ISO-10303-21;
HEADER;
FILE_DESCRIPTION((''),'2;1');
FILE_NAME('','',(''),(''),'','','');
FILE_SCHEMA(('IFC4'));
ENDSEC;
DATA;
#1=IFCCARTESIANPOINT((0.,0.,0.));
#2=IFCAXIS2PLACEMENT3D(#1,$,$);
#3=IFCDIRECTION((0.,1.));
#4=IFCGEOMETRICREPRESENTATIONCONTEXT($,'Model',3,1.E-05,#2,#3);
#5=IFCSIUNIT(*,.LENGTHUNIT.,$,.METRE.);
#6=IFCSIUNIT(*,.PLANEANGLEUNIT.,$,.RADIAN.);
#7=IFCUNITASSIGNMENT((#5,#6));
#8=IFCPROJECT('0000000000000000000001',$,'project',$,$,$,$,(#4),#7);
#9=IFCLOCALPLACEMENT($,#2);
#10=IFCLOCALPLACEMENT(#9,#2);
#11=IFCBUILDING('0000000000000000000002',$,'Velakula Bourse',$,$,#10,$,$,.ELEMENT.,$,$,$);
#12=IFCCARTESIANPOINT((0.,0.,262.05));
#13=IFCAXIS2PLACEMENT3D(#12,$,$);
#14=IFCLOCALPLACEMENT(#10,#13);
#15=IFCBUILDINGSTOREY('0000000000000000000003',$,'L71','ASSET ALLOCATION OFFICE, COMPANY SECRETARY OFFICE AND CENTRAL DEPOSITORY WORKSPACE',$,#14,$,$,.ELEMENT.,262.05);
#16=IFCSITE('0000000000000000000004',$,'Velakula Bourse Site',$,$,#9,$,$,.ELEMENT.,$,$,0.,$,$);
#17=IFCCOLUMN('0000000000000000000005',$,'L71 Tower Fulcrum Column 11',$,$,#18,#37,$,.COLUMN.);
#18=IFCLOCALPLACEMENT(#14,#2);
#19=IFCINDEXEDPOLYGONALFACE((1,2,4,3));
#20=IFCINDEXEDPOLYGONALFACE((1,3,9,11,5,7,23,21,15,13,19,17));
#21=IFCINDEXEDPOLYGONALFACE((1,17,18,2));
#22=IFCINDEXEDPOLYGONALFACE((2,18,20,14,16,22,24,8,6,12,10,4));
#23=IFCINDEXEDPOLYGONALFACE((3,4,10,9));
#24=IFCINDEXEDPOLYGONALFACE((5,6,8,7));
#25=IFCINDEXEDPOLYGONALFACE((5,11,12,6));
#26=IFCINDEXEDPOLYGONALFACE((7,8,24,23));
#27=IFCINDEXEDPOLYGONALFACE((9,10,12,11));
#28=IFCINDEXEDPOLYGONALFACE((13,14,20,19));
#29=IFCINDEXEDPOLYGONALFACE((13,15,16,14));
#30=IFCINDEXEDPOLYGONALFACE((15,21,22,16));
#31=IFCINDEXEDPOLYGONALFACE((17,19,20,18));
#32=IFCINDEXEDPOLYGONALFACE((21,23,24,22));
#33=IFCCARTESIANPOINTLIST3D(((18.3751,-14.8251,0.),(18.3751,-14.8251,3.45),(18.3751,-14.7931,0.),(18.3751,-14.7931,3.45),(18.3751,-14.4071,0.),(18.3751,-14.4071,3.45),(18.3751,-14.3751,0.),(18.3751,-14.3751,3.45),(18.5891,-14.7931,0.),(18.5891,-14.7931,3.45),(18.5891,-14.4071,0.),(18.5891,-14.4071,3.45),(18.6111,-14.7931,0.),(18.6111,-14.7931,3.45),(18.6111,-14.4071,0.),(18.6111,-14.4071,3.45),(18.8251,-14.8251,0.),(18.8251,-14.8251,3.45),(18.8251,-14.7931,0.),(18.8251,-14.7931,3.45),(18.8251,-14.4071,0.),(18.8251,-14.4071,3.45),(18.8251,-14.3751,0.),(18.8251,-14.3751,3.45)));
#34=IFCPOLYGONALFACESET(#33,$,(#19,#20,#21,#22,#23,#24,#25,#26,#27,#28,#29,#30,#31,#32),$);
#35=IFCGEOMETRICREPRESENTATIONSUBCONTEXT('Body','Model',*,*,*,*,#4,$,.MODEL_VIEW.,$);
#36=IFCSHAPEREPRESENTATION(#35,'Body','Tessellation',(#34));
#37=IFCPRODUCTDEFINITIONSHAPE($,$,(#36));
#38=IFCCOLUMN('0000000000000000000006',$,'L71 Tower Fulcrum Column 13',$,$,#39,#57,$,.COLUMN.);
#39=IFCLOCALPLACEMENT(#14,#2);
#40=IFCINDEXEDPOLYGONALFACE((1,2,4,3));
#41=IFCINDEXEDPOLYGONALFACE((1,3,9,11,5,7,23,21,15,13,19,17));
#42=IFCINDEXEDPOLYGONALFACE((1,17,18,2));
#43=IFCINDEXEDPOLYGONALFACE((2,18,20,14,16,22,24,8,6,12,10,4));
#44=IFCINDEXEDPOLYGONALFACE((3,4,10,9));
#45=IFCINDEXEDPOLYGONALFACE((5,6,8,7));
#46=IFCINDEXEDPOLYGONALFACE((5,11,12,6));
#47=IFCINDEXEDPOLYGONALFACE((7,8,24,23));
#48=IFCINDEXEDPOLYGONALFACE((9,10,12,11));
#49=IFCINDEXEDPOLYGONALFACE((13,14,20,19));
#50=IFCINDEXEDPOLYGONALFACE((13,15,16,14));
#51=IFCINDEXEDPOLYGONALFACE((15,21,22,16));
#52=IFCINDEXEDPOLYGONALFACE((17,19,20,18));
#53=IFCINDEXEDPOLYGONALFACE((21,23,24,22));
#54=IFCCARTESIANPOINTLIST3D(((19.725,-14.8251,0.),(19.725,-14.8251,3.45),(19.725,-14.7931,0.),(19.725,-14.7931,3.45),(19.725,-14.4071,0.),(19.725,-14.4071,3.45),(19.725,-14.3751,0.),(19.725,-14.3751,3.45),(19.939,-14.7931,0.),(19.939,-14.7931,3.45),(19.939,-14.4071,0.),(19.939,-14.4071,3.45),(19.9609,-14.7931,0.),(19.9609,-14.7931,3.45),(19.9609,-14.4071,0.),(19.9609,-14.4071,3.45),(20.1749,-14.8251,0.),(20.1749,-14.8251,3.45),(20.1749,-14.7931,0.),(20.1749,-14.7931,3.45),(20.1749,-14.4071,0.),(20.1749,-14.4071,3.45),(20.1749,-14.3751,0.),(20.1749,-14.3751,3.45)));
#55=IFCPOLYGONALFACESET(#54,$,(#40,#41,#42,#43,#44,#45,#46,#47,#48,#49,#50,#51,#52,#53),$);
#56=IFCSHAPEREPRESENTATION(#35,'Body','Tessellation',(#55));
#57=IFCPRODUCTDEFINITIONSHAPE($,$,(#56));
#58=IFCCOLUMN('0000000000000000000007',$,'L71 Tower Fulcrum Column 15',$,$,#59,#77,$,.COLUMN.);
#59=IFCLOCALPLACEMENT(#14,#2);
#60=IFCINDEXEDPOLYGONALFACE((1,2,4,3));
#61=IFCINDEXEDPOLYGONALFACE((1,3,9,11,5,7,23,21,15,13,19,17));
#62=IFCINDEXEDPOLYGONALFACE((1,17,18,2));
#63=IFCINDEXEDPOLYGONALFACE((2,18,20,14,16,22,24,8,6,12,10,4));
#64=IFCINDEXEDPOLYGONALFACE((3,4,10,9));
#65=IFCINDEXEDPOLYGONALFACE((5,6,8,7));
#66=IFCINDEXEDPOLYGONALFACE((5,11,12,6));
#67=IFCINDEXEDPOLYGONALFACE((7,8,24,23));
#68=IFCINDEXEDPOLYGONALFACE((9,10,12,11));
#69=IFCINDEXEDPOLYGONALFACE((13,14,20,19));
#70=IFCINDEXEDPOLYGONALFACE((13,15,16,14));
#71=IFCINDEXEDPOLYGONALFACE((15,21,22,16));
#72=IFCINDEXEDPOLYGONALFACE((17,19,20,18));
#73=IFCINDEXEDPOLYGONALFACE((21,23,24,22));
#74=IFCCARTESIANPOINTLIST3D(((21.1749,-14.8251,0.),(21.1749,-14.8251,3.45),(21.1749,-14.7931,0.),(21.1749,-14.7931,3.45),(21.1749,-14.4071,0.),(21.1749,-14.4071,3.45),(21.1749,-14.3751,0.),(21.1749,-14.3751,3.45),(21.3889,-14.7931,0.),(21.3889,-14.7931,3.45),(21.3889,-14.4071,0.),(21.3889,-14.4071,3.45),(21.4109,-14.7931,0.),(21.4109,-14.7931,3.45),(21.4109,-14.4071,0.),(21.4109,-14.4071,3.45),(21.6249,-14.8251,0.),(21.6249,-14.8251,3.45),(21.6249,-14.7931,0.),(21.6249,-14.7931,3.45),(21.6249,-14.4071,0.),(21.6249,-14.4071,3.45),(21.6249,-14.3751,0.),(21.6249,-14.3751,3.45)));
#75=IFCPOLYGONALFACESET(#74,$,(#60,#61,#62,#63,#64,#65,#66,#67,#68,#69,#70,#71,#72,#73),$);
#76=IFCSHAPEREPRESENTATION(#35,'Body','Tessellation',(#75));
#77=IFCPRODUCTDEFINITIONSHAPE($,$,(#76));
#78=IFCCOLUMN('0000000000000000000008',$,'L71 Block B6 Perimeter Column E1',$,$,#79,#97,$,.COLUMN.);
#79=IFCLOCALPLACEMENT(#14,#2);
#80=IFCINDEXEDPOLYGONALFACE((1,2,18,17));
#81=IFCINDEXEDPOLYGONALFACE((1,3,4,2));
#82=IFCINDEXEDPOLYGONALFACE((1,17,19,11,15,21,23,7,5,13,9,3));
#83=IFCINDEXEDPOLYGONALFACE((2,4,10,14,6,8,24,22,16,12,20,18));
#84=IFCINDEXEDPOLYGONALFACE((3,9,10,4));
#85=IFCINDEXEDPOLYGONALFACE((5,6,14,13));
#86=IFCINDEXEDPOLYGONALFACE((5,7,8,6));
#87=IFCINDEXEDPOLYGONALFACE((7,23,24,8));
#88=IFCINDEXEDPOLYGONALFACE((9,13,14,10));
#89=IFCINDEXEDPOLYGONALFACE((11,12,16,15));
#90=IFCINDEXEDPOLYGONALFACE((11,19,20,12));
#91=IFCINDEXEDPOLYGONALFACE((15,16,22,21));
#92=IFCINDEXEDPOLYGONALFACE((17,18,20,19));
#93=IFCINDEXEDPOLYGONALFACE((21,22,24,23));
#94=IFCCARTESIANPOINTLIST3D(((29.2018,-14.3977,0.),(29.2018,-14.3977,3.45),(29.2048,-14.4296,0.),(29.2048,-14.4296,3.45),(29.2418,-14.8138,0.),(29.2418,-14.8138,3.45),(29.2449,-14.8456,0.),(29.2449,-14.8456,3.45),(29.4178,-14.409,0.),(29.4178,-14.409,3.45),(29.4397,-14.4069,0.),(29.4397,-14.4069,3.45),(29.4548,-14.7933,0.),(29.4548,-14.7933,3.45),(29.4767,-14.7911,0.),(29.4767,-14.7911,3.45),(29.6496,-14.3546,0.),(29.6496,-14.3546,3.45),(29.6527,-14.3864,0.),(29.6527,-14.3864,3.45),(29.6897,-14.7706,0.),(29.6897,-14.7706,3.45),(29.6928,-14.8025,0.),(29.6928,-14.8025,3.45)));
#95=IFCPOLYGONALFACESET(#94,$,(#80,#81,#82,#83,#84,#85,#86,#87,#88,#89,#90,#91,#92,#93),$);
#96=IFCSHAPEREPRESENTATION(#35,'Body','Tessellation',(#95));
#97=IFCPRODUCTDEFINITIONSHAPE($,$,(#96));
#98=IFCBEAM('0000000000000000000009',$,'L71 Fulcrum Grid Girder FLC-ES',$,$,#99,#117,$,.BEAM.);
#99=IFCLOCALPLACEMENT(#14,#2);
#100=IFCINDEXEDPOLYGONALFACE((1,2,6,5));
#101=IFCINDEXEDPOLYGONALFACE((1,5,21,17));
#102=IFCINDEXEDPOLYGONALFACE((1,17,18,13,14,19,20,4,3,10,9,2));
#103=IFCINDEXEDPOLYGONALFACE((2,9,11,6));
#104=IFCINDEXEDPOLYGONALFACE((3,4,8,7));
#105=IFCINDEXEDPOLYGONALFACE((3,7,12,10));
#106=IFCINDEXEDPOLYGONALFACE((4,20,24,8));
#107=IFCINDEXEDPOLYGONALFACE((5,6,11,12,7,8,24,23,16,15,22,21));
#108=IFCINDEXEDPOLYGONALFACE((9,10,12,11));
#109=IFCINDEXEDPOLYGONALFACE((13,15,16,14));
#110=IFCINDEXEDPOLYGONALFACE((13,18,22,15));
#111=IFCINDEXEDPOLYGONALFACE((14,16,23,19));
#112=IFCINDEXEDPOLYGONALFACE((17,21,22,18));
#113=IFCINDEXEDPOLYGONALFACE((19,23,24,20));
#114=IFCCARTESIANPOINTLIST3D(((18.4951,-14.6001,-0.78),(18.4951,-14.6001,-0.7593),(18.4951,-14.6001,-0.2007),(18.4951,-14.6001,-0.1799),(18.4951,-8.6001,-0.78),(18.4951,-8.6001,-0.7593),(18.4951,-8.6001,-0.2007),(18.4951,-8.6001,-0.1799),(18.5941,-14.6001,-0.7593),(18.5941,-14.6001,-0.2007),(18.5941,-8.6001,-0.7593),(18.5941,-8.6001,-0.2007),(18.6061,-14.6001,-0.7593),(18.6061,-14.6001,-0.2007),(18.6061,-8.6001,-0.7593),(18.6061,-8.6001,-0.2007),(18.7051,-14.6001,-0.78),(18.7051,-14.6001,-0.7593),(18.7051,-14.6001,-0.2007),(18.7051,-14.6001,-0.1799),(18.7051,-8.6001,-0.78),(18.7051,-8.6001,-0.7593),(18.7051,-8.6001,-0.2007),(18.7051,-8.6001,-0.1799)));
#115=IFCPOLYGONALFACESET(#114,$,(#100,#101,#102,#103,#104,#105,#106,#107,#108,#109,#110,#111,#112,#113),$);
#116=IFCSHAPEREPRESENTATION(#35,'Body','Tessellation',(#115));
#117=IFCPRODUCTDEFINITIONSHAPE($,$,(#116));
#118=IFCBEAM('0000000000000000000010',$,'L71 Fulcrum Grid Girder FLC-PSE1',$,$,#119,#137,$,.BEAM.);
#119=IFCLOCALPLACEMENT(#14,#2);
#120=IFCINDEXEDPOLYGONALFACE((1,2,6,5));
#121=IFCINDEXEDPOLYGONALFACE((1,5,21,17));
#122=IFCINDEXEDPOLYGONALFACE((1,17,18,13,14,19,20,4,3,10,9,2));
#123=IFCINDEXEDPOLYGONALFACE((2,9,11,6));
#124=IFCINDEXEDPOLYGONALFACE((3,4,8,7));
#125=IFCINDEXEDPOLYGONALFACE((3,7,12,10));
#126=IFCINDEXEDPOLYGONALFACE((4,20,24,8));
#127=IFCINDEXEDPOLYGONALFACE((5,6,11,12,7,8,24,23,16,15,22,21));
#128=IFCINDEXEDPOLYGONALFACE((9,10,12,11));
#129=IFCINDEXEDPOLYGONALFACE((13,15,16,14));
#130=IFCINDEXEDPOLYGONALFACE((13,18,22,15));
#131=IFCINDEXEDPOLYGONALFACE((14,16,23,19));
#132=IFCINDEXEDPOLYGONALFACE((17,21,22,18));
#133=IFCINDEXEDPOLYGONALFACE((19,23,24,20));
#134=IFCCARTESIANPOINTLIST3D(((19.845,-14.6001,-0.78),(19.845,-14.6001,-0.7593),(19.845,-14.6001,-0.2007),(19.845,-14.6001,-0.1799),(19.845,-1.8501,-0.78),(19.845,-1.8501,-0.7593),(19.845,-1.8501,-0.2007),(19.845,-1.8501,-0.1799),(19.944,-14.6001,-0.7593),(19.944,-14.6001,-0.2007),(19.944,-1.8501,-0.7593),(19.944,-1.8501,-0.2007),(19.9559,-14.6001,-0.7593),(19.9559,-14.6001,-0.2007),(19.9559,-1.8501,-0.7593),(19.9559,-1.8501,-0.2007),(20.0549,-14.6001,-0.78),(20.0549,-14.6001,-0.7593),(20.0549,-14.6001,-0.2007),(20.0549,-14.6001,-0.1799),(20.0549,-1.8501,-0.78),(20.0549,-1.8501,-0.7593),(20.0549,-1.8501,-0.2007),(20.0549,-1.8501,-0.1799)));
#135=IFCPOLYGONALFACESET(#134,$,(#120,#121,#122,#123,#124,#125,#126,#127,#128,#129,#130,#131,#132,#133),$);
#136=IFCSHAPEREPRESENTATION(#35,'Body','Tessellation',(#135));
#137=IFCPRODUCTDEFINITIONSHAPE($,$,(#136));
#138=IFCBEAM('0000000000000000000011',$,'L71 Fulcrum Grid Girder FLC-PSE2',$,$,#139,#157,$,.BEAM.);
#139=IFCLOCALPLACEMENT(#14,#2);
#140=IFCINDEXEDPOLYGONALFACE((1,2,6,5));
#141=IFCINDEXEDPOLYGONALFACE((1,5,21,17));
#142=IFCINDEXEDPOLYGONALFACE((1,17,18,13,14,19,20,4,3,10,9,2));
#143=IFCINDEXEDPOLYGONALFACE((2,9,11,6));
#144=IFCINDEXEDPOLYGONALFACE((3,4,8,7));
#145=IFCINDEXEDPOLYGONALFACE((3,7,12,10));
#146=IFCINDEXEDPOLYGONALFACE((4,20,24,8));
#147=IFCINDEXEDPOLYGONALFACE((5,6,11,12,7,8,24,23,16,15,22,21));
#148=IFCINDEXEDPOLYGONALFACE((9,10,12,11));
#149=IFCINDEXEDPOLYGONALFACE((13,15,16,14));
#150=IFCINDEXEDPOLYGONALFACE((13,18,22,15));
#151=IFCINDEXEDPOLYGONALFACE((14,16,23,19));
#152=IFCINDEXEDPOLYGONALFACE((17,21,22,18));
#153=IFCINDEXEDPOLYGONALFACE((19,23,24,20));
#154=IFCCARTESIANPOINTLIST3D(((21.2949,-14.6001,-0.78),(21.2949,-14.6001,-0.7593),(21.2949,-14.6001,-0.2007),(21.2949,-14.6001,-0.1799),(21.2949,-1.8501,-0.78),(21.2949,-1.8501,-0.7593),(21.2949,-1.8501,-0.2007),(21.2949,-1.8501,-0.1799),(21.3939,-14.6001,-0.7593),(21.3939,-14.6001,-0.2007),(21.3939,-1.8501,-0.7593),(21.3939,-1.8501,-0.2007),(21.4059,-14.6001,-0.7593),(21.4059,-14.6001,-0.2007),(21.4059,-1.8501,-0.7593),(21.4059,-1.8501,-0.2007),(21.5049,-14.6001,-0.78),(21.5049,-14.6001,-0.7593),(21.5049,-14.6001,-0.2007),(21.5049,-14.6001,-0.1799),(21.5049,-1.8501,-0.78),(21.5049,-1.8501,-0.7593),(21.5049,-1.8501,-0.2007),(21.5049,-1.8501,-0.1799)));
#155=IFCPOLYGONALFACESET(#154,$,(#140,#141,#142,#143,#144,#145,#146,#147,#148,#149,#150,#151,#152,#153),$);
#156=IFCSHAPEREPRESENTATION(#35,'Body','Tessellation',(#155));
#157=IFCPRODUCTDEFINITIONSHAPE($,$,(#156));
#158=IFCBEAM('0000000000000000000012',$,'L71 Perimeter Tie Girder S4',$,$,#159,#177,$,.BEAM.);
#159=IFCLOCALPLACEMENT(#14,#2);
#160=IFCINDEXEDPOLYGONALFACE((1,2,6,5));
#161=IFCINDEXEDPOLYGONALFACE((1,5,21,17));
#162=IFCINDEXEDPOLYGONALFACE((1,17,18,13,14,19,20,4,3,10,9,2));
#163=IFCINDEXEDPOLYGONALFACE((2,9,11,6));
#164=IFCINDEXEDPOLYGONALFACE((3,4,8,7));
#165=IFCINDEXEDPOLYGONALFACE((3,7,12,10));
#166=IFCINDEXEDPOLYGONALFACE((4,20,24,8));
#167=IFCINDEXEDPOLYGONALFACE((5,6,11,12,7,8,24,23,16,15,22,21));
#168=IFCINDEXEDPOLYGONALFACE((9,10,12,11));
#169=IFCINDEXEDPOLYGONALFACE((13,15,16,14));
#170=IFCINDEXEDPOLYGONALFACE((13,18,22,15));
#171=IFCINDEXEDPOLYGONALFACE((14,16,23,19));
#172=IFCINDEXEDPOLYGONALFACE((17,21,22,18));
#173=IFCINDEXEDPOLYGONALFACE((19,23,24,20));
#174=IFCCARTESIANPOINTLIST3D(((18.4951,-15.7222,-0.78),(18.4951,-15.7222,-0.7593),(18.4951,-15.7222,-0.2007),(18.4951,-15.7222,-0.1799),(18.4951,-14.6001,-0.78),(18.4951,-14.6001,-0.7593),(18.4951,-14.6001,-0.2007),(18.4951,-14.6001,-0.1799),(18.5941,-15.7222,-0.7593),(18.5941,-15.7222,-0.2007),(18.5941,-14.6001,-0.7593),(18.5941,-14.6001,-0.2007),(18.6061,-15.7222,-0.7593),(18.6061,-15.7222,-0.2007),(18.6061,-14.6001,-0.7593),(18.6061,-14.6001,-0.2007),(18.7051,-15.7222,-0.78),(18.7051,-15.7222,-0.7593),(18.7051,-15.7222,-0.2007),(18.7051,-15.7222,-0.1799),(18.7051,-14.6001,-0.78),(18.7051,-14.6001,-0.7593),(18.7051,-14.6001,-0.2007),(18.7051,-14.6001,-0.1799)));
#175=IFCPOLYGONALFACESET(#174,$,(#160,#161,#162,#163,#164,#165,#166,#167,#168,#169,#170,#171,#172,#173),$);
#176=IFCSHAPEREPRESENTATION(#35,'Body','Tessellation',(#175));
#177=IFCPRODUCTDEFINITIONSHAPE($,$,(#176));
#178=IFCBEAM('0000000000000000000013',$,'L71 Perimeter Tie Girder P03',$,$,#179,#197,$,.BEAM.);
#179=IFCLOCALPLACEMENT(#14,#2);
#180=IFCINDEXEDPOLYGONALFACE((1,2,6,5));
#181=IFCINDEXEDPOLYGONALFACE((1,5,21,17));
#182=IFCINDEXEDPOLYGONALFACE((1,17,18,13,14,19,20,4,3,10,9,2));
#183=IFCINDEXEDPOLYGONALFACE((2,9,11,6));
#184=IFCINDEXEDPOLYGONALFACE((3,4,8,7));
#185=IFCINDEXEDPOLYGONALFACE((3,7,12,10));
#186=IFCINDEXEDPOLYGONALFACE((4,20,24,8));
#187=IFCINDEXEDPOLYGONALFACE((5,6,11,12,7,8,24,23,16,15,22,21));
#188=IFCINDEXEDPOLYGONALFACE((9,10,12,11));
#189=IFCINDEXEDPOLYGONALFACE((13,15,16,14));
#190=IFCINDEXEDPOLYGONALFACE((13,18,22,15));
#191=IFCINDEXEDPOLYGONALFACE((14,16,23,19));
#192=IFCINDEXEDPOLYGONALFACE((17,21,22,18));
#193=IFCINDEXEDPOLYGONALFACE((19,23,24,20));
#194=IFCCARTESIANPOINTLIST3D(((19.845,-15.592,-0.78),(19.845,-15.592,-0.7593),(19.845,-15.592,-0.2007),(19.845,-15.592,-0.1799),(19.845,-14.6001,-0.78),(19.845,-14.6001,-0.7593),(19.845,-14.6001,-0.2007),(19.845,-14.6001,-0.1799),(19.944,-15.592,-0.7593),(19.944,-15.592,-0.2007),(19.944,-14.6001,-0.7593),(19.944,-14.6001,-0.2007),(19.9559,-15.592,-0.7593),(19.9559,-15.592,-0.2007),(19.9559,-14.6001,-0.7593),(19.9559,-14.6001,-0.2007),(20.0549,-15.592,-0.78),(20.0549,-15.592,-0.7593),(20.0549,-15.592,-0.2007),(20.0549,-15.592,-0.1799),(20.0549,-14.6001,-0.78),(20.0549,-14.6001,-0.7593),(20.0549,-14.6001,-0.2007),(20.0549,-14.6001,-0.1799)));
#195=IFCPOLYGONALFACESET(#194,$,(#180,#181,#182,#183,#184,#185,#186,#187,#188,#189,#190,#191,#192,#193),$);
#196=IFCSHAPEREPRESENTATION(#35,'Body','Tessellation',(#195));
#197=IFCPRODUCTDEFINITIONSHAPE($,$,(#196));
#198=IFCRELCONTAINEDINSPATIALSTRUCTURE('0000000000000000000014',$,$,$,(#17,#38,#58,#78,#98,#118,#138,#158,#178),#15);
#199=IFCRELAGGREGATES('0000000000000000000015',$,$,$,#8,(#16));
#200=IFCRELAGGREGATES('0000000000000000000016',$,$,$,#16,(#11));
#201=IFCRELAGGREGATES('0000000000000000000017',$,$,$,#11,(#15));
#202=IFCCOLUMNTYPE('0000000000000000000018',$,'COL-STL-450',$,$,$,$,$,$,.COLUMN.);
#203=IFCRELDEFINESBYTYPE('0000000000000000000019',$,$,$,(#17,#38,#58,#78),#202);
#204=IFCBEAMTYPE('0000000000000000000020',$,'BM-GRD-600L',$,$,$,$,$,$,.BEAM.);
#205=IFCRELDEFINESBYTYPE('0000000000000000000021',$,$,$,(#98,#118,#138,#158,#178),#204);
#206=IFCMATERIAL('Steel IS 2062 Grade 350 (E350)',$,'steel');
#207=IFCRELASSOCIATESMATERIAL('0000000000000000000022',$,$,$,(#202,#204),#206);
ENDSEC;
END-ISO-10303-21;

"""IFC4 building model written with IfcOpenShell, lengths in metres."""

from ifc_helpers import new_model, si_unit, direction, frame, origin, origin_2d, place, context, subcontext, project, spatial, i_section, extrude, material, material_profile, profile_set, type_object, element, save


model = new_model("IFC4")

# Units and contexts
model_context = context("Model", 3, precision=1e-05, world=origin(), true_north=direction((0.0, 1.0)))
body_context = subcontext(model_context, "Body", "Model", "MODEL_VIEW")
ifc_project = project(units=[si_unit("LENGTHUNIT", "METRE"), si_unit("PLANEANGLEUNIT", "RADIAN")], contexts=[model_context])

# Site, building, storey
site_placement = place(None, origin())
site = spatial("IfcSite", under=ifc_project, at=site_placement, Name="Velakula Bourse Site", CompositionType="ELEMENT", RefElevation=0.0)
building_placement = place(site_placement, origin())
building = spatial("IfcBuilding", under=site, at=building_placement, Name="Velakula Bourse", CompositionType="ELEMENT")
storey_placement = place(building_placement, frame((0.0, 0.0, 262.05)))
storey = spatial("IfcBuildingStorey", under=building, at=storey_placement, Name="L71", Description="ASSET ALLOCATION OFFICE, COMPANY SECRETARY OFFICE AND CENTRAL DEPOSITORY WORKSPACE", CompositionType="ELEMENT", Elevation=262.05)

# Columns
ifc_material_1 = material(Name="Steel IS 2062 Grade 350 (E350)", Category="steel")
ifc_material_profile_1 = material_profile(ifc_material_1, i_section(OverallWidth=0.45, OverallDepth=0.45, WebThickness=0.022, FlangeThickness=0.032, at=origin_2d()), Name="Steel IS 2062 Grade 350 (E350)")
ifc_profile_set_1 = profile_set([ifc_material_profile_1], Name="Steel IS 2062 Grade 350 (E350)")
column_type = type_object("IfcColumnType", Name="COL-STL-450", PredefinedType="COLUMN", material=ifc_profile_set_1)
for number, where, z_axis, x_axis, name in (
    (1, (18.6001, -14.6001, 0.0), (0.0, 0.0, 1.0), (1.0, 0.0, 0.0), "L71 Tower Fulcrum Column 11"),
    (2, (19.95, -14.6001, 0.0), (0.0, 0.0, 1.0), (1.0, 0.0, 0.0), "L71 Tower Fulcrum Column 13"),
    (3, (21.3999, -14.6001, 0.0), (0.0, 0.0, 1.0), (1.0, 0.0, 0.0), "L71 Tower Fulcrum Column 15"),
    (4, (29.4473, -14.6001, 0.0), (0.0, 0.0, 1.0), (0.995396, 0.095846, 0.0), "L71 Block B6 Perimeter Column E1"),
):
    element("IfcColumn", number, at=place(storey_placement, frame(where, z_axis=z_axis, x_axis=x_axis)), inside=storey, type_object=column_type, Name=name, PredefinedType="COLUMN", context=body_context, shape_type="SweptSolid", body=[
        extrude(i_section(OverallWidth=0.45, OverallDepth=0.45, WebThickness=0.022, FlangeThickness=0.032, at=origin_2d()), origin(), (0.0, 0.0, 1.0), 3.45),
    ])

# Beams
ifc_material_profile_2 = material_profile(ifc_material_1, i_section(OverallWidth=0.21, OverallDepth=0.6001, WebThickness=0.012, FlangeThickness=0.0208, at=origin_2d()), Name="Steel IS 2062 Grade 350 (E350)")
ifc_profile_set_2 = profile_set([ifc_material_profile_2], Name="Steel IS 2062 Grade 350 (E350)")
beam_type_1 = type_object("IfcBeamType", Name="BM-GRD-600L", PredefinedType="BEAM", material=ifc_profile_set_2)
beam_1_placement = place(storey_placement, frame((18.6001, -14.6001, -0.48), z_axis=(0.0, 1.0, 0.0), x_axis=(-1.0, 0.0, 0.0)))
element("IfcBeam", 5, at=beam_1_placement, inside=storey, type_object=beam_type_1, Name="L71 Fulcrum Grid Girder FLC-ES", PredefinedType="BEAM", context=body_context, shape_type="SweptSolid", body=[
    extrude(i_section(OverallWidth=0.21, OverallDepth=0.6001, WebThickness=0.012, FlangeThickness=0.0208, at=origin_2d()), origin(), (0.0, 0.0, 1.0), 6.0),
])
for number, where, z_axis, x_axis, name in (
    (6, (19.95, -14.6001, -0.48), (0.0, 1.0, 0.0), (-1.0, 0.0, 0.0), "L71 Fulcrum Grid Girder FLC-PSE1"),
    (7, (21.3999, -14.6001, -0.48), (0.0, 1.0, 0.0), (-1.0, 0.0, 0.0), "L71 Fulcrum Grid Girder FLC-PSE2"),
):
    element("IfcBeam", number, at=place(storey_placement, frame(where, z_axis=z_axis, x_axis=x_axis)), inside=storey, type_object=beam_type_1, Name=name, PredefinedType="BEAM", context=body_context, shape_type="SweptSolid", body=[
        extrude(i_section(OverallWidth=0.21, OverallDepth=0.6001, WebThickness=0.012, FlangeThickness=0.0208, at=origin_2d()), origin(), (0.0, 0.0, 1.0), 12.75),
    ])
beam_2_placement = place(storey_placement, frame((18.6001, -14.6001, -0.48), z_axis=(0.0, -1.0, 0.0), x_axis=(1.0, 0.0, 0.0)))
element("IfcBeam", 8, at=beam_2_placement, inside=storey, type_object=beam_type_1, Name="L71 Perimeter Tie Girder S4", PredefinedType="BEAM", context=body_context, shape_type="SweptSolid", body=[
    extrude(i_section(OverallWidth=0.21, OverallDepth=0.6001, WebThickness=0.012, FlangeThickness=0.0208, at=origin_2d()), origin(), (0.0, 0.0, 1.0), 1.1221),
])
beam_3_placement = place(storey_placement, frame((19.95, -14.6001, -0.48), z_axis=(0.0, -1.0, 0.0), x_axis=(1.0, 0.0, 0.0)))
element("IfcBeam", 9, at=beam_3_placement, inside=storey, type_object=beam_type_1, Name="L71 Perimeter Tie Girder P03", PredefinedType="BEAM", context=body_context, shape_type="SweptSolid", body=[
    extrude(i_section(OverallWidth=0.21, OverallDepth=0.6001, WebThickness=0.012, FlangeThickness=0.0208, at=origin_2d()), origin(), (0.0, 0.0, 1.0), 0.9919),
])

save(model, "model.ifc")
